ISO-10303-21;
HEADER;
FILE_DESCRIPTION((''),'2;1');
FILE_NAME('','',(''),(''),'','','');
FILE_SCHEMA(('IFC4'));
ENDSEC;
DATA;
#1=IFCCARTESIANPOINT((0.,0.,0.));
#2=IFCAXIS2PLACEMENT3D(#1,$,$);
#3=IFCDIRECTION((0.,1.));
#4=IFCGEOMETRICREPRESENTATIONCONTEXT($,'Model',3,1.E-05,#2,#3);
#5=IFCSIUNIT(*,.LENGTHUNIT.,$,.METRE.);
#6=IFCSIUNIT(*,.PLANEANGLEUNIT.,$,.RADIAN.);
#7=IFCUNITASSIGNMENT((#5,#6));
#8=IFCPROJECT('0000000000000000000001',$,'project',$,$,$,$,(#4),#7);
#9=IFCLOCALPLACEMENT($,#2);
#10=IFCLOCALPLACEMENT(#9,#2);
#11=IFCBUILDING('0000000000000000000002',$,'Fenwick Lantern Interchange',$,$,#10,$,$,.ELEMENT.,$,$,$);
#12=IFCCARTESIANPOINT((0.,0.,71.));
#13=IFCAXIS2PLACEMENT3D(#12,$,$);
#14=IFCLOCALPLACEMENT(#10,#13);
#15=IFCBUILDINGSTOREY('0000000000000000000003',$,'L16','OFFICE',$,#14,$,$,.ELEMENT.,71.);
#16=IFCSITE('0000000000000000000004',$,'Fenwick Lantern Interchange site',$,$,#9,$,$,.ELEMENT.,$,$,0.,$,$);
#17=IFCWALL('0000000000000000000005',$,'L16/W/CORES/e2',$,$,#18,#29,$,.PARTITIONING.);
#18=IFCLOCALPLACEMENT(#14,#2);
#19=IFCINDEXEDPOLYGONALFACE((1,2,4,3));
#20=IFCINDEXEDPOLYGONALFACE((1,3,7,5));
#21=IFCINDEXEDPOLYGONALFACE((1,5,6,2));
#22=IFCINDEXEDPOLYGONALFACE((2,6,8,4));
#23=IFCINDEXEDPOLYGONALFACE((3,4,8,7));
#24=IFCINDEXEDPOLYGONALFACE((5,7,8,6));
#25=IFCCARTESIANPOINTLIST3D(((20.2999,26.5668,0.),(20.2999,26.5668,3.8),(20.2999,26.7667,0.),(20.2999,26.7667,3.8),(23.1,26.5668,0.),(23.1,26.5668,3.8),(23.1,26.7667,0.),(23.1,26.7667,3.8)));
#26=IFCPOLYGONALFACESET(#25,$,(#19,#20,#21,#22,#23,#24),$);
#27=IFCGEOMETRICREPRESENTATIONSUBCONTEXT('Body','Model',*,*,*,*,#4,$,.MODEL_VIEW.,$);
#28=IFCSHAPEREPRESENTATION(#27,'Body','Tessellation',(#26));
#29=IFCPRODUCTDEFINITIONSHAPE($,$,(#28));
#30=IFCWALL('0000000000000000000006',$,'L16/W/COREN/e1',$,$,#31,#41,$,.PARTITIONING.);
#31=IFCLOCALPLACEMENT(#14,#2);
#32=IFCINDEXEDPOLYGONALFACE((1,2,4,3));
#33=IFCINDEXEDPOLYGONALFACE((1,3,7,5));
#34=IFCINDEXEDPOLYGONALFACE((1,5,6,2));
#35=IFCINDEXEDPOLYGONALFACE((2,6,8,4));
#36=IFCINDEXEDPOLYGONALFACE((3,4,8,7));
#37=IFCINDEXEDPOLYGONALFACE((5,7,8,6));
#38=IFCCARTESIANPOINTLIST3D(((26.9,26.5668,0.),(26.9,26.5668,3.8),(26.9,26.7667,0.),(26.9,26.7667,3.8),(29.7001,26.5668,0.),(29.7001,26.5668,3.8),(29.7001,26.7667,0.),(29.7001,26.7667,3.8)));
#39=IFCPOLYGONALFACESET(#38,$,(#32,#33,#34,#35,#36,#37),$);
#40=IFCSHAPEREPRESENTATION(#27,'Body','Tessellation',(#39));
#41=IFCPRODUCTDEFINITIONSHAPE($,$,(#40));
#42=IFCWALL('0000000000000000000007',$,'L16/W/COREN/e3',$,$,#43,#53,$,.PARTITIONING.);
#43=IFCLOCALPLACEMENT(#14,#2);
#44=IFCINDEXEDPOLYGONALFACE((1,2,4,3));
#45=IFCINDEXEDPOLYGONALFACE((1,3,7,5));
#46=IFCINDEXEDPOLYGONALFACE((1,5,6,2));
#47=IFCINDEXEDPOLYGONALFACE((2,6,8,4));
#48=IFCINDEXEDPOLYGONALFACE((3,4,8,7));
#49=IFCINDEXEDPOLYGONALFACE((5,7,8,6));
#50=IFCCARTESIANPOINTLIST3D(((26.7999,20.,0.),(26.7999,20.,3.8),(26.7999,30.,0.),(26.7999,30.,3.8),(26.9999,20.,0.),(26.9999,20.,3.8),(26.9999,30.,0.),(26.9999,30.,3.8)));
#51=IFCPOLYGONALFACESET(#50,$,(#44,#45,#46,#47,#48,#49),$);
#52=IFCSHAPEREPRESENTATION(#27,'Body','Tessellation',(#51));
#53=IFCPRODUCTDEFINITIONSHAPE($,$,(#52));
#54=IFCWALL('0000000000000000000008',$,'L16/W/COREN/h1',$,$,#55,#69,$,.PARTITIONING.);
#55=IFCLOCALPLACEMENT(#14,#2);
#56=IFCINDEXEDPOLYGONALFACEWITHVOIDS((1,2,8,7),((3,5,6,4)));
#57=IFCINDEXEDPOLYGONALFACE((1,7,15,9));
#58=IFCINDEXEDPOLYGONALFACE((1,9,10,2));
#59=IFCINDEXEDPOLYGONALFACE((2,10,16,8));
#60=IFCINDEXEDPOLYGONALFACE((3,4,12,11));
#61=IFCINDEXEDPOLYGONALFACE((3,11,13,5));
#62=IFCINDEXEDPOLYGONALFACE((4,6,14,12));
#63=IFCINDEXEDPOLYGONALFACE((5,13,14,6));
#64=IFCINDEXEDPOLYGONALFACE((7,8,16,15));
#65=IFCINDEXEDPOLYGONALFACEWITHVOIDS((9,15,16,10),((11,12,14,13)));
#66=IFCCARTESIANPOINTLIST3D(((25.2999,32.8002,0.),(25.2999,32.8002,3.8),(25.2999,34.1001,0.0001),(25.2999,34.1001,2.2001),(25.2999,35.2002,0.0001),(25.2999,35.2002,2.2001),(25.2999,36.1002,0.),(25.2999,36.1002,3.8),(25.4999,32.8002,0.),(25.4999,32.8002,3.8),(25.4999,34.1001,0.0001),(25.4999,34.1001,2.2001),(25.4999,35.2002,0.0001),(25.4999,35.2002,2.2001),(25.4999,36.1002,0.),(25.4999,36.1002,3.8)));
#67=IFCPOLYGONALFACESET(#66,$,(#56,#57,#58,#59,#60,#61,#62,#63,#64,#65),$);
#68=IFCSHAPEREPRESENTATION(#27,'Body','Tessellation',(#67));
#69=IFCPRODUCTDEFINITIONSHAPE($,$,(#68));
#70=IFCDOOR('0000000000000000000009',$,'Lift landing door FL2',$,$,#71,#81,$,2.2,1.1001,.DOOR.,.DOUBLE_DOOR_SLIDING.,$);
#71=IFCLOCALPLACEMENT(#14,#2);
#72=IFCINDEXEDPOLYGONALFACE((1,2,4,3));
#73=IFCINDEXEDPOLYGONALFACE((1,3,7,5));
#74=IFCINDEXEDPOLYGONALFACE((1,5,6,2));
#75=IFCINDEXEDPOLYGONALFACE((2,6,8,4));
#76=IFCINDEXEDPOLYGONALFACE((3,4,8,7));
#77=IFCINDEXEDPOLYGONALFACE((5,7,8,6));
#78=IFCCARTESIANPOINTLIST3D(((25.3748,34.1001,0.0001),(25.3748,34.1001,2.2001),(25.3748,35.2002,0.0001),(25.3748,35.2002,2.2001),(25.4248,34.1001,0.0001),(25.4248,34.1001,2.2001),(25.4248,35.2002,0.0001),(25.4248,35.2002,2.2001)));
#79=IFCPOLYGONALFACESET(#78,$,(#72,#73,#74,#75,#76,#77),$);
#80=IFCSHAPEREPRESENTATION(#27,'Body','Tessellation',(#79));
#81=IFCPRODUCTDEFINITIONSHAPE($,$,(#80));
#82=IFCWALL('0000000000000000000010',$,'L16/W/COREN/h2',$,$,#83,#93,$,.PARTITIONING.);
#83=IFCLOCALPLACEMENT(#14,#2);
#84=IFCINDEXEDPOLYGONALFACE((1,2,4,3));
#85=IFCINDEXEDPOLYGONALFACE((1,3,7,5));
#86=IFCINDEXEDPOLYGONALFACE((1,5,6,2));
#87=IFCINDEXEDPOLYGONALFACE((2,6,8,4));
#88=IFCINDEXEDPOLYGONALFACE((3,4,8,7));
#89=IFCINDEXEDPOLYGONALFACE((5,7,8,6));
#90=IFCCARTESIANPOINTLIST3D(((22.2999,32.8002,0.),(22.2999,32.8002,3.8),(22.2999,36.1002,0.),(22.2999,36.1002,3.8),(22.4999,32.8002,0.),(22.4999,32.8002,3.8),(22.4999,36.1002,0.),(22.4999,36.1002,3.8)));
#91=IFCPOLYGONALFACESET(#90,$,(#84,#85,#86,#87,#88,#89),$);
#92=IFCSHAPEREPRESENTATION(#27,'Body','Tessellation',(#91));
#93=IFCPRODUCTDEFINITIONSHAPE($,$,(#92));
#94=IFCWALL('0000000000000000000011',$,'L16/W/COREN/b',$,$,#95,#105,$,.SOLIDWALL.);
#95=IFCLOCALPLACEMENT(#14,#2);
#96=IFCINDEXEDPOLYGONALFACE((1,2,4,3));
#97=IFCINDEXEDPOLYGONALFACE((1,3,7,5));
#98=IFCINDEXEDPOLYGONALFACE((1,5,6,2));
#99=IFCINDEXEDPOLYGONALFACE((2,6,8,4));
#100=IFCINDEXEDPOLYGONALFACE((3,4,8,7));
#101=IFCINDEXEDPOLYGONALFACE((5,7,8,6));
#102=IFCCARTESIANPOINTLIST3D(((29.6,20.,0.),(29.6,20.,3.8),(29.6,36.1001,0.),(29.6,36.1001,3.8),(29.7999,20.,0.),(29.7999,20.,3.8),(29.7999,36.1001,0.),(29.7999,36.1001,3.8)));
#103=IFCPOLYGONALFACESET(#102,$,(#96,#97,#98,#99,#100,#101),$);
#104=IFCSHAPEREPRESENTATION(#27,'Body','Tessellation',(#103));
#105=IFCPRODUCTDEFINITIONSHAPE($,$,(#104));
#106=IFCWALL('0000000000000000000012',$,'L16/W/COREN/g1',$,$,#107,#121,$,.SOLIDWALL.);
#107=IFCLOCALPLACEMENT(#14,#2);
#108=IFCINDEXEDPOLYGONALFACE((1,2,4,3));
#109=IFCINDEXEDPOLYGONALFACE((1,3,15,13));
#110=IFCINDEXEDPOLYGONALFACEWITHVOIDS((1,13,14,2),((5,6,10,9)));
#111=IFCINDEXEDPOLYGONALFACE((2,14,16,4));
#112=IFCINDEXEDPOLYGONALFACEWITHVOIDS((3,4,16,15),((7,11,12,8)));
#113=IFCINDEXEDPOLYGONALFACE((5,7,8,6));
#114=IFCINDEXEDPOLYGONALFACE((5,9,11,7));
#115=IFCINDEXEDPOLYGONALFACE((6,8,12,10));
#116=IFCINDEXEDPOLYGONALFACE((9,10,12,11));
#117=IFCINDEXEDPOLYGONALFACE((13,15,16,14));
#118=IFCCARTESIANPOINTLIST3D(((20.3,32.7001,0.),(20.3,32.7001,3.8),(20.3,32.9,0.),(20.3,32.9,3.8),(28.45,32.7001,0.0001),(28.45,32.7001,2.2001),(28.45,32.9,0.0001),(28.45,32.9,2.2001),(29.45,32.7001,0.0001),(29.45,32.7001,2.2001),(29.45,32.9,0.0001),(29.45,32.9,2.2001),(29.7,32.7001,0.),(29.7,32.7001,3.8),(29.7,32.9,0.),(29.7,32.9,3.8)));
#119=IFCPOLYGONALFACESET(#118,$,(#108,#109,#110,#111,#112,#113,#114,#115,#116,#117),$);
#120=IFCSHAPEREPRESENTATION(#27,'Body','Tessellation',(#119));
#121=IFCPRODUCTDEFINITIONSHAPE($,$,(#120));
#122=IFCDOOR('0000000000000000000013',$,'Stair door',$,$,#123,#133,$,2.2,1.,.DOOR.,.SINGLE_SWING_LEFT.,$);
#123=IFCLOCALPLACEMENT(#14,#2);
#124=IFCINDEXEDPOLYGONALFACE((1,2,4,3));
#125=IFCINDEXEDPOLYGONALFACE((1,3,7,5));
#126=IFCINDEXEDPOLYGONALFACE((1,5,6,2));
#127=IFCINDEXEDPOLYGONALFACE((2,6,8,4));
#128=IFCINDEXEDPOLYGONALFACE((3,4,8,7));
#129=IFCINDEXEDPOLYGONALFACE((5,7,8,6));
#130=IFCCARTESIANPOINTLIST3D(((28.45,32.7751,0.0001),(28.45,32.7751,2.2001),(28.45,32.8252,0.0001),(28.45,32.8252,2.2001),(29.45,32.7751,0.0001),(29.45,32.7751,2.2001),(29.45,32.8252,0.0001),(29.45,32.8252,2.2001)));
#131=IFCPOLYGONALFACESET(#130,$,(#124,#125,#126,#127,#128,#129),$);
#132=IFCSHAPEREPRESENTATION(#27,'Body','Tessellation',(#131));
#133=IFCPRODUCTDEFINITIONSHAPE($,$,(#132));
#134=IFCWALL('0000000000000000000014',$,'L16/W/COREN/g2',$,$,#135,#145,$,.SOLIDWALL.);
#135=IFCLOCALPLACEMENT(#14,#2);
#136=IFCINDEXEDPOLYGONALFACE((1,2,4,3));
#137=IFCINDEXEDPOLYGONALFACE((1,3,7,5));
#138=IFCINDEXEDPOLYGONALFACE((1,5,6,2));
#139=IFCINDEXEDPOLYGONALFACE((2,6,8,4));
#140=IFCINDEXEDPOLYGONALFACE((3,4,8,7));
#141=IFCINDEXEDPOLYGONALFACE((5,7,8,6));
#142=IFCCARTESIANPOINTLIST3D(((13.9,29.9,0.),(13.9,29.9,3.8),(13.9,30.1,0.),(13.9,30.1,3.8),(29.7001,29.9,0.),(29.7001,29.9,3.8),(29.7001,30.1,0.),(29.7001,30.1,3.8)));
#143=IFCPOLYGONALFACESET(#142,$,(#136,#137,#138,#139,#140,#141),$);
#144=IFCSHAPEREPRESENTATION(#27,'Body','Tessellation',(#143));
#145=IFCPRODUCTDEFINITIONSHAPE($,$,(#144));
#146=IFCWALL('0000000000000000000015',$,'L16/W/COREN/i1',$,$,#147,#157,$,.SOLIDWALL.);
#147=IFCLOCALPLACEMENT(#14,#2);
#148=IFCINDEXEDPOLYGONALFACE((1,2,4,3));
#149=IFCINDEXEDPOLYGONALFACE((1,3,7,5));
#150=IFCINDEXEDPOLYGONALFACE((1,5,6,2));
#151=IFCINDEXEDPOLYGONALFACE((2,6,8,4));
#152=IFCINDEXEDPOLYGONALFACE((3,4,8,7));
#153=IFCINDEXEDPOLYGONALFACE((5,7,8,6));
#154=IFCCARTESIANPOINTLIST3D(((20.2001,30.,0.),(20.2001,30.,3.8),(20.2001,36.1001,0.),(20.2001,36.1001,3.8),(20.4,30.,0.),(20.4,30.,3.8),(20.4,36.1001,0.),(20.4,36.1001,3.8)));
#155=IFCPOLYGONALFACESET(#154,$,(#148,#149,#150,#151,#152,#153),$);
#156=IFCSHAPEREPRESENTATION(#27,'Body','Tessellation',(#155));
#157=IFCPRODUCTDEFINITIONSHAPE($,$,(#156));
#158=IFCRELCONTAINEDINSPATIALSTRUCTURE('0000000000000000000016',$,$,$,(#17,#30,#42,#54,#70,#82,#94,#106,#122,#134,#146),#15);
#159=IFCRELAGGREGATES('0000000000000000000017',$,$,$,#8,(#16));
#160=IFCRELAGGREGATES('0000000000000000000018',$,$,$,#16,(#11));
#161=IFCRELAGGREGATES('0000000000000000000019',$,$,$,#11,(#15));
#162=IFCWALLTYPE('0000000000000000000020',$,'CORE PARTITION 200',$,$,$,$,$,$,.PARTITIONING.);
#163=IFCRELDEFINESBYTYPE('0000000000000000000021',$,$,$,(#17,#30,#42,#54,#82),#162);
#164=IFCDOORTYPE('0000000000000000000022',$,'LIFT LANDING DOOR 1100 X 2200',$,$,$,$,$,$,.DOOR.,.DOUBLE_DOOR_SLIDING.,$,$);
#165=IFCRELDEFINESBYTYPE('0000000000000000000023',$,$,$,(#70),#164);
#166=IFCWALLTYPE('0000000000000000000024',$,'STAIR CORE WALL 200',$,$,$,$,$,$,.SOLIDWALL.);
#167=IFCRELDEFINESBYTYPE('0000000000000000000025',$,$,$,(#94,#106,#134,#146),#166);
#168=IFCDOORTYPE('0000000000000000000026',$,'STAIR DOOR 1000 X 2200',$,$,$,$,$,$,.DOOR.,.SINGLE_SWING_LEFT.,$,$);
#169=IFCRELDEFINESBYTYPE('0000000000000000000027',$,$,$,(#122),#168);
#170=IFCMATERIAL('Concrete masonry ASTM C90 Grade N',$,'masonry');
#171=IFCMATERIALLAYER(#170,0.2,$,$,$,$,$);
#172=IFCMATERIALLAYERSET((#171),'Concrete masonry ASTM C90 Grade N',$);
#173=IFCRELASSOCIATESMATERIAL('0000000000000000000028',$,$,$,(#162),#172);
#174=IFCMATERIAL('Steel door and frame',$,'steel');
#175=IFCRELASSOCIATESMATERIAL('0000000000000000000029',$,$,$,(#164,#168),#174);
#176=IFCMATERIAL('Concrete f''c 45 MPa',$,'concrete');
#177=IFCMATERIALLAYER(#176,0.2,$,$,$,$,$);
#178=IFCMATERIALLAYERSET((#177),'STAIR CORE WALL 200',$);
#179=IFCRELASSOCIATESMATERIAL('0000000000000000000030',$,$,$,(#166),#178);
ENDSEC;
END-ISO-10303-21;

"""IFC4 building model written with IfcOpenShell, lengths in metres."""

from ifc_helpers import new_model, si_unit, direction, frame, frame_2d, origin, place, context, subcontext, project, spatial, rectangle, extrude, material, layer, layer_set, type_object, element, fill, save


model = new_model("IFC4")

# Units and contexts
model_context = context("Model", 3, precision=1e-05, world=origin(), true_north=direction((0.0, 1.0)))
body_context = subcontext(model_context, "Body", "Model", "MODEL_VIEW")
ifc_project = project(units=[si_unit("LENGTHUNIT", "METRE"), si_unit("PLANEANGLEUNIT", "RADIAN")], contexts=[model_context])

# Site, building, storey
site_placement = place(None, origin())
site = spatial("IfcSite", under=ifc_project, at=site_placement, Name="Fenwick Lantern Interchange site", CompositionType="ELEMENT", RefElevation=0.0)
building_placement = place(site_placement, origin())
building = spatial("IfcBuilding", under=site, at=building_placement, Name="Fenwick Lantern Interchange", CompositionType="ELEMENT")
storey_placement = place(building_placement, frame((0.0, 0.0, 71.0)))
storey = spatial("IfcBuildingStorey", under=building, at=storey_placement, Name="L16", Description="OFFICE", CompositionType="ELEMENT", Elevation=71.0)

# Walls
ifc_material_1 = material(Name="Concrete masonry ASTM C90 Grade N", Category="masonry")
ifc_layer_1 = layer(ifc_material_1, 0.2)
ifc_layer_set_1 = layer_set([ifc_layer_1], Name="Concrete masonry ASTM C90 Grade N")
wall_type_1 = type_object("IfcWallType", Name="CORE PARTITION 200", PredefinedType="PARTITIONING", material=ifc_layer_set_1)
for number, where, z_axis, x_axis, name in (
    (1, (20.3, 26.6667, 0.0), (0.0, 0.0, 1.0), (1.0, 0.0, 0.0), "L16/W/CORES/e2"),
    (2, (29.7, 26.6667, 0.0), (0.0, 0.0, 1.0), (-1.0, 0.0, 0.0), "L16/W/COREN/e1"),
):
    element("IfcWall", number, at=place(storey_placement, frame(where, z_axis=z_axis, x_axis=x_axis)), inside=storey, type_object=wall_type_1, Name=name, PredefinedType="PARTITIONING", context=body_context, shape_type="SweptSolid", body=[
        extrude(rectangle(XDim=2.8, YDim=0.2, at=frame_2d((1.3999, 0.0))), origin(), (0.0, 0.0, 1.0), 3.8),
    ])
wall_1_placement = place(storey_placement, frame((26.8999, 30.0, 0.0), z_axis=(0.0, 0.0, 1.0), x_axis=(0.0, -1.0, 0.0)))
element("IfcWall", 3, at=wall_1_placement, inside=storey, type_object=wall_type_1, Name="L16/W/COREN/e3", PredefinedType="PARTITIONING", context=body_context, shape_type="SweptSolid", body=[
    extrude(rectangle(XDim=10.0, YDim=0.2, at=frame_2d((5.0, 0.0))), origin(), (0.0, 0.0, 1.0), 3.8),
])

# Wall, opening, door
wall_2_placement = place(storey_placement, frame((25.3999, 36.1001, 0.0), z_axis=(0.0, 0.0, 1.0), x_axis=(0.0, -1.0, 0.0)))
wall_2 = element("IfcWall", 4, at=wall_2_placement, inside=storey, type_object=wall_type_1, Name="L16/W/COREN/h1", PredefinedType="PARTITIONING", context=body_context, shape_type="SweptSolid", body=[
    extrude(rectangle(XDim=3.3, YDim=0.2, at=frame_2d((1.6499, 0.0))), origin(), (0.0, 0.0, 1.0), 3.8),
])
opening_1_placement = place(wall_2_placement, frame((0.8999, 0.0, 0.0)))
opening_1 = element("IfcOpeningElement", 5, at=opening_1_placement, cuts=wall_2, PredefinedType="OPENING", context=body_context, shape_type="SweptSolid", body=[
    extrude(rectangle(XDim=1.1001, YDim=2.2, at=frame_2d((0.55, 1.1001))), frame((0.0, 0.1099, 0.0), z_axis=(0.0, -1.0, 0.0), x_axis=(1.0, 0.0, 0.0)), (0.0, 0.0, 1.0), 0.22),
])
ifc_material_2 = material(Name="Steel door and frame", Category="steel")
door_type_1 = type_object("IfcDoorType", Name="LIFT LANDING DOOR 1100 X 2200", OperationType="DOUBLE_DOOR_SLIDING", PredefinedType="DOOR", material=ifc_material_2)
door_1_placement = place(opening_1_placement, origin())
door_1 = element("IfcDoor", 6, at=door_1_placement, inside=storey, type_object=door_type_1, Name="Lift landing door FL2", OperationType="DOUBLE_DOOR_SLIDING", OverallHeight=2.2, OverallWidth=1.1001, PredefinedType="DOOR", context=body_context, shape_type="SweptSolid", body=[
    extrude(rectangle(XDim=1.1001, YDim=2.2, at=frame_2d((0.55, 1.1001))), frame((0.0, 0.0249, 0.0), z_axis=(0.0, -1.0, 0.0), x_axis=(1.0, 0.0, 0.0)), (0.0, 0.0, 1.0), 0.05),
])
fill(opening_1, door_1)

# Walls
wall_3_placement = place(storey_placement, frame((22.3999, 36.1001, 0.0), z_axis=(0.0, 0.0, 1.0), x_axis=(0.0, -1.0, 0.0)))
element("IfcWall", 7, at=wall_3_placement, inside=storey, type_object=wall_type_1, Name="L16/W/COREN/h2", PredefinedType="PARTITIONING", context=body_context, shape_type="SweptSolid", body=[
    extrude(rectangle(XDim=3.3, YDim=0.2, at=frame_2d((1.6499, 0.0))), origin(), (0.0, 0.0, 1.0), 3.8),
])
ifc_material_3 = material(Name="Concrete f'c 45 MPa", Category="concrete")
ifc_layer_2 = layer(ifc_material_3, 0.2)
ifc_layer_set_2 = layer_set([ifc_layer_2], Name="STAIR CORE WALL 200")
wall_type_2 = type_object("IfcWallType", Name="STAIR CORE WALL 200", PredefinedType="SOLIDWALL", material=ifc_layer_set_2)
wall_4_placement = place(storey_placement, frame((29.7, 36.1001, 0.0), z_axis=(0.0, 0.0, 1.0), x_axis=(0.0, -1.0, 0.0)))
element("IfcWall", 8, at=wall_4_placement, inside=storey, type_object=wall_type_2, Name="L16/W/COREN/b", PredefinedType="SOLIDWALL", context=body_context, shape_type="SweptSolid", body=[
    extrude(rectangle(XDim=16.1001, YDim=0.2, at=frame_2d((8.05, 0.0))), origin(), (0.0, 0.0, 1.0), 3.8),
])

# Wall, opening, door
wall_5_placement = place(storey_placement, frame((29.7, 32.8, 0.0), z_axis=(0.0, 0.0, 1.0), x_axis=(-1.0, 0.0, 0.0)))
wall_5 = element("IfcWall", 9, at=wall_5_placement, inside=storey, type_object=wall_type_2, Name="L16/W/COREN/g1", PredefinedType="SOLIDWALL", context=body_context, shape_type="SweptSolid", body=[
    extrude(rectangle(XDim=9.3999, YDim=0.2, at=frame_2d((4.7, 0.0))), origin(), (0.0, 0.0, 1.0), 3.8),
])
opening_2_placement = place(wall_5_placement, frame((0.25, 0.0, 0.0)))
opening_2 = element("IfcOpeningElement", 10, at=opening_2_placement, cuts=wall_5, PredefinedType="OPENING", context=body_context, shape_type="SweptSolid", body=[
    extrude(rectangle(XDim=1.0, YDim=2.2, at=frame_2d((0.5, 1.1001))), frame((0.0, 0.1099, 0.0), z_axis=(0.0, -1.0, 0.0), x_axis=(1.0, 0.0, 0.0)), (0.0, 0.0, 1.0), 0.22),
])
door_type_2 = type_object("IfcDoorType", Name="STAIR DOOR 1000 X 2200", OperationType="SINGLE_SWING_LEFT", PredefinedType="DOOR", material=ifc_material_2)
door_2_placement = place(opening_2_placement, origin())
door_2 = element("IfcDoor", 11, at=door_2_placement, inside=storey, type_object=door_type_2, Name="Stair door", OperationType="SINGLE_SWING_LEFT", OverallHeight=2.2, OverallWidth=1.0, PredefinedType="DOOR", context=body_context, shape_type="SweptSolid", body=[
    extrude(rectangle(XDim=1.0, YDim=2.2, at=frame_2d((0.5, 1.1001))), frame((0.0, 0.0249, 0.0), z_axis=(0.0, -1.0, 0.0), x_axis=(1.0, 0.0, 0.0)), (0.0, 0.0, 1.0), 0.05),
])
fill(opening_2, door_2)

# Walls
wall_6_placement = place(storey_placement, frame((29.7, 30.0, 0.0), z_axis=(0.0, 0.0, 1.0), x_axis=(-1.0, 0.0, 0.0)))
element("IfcWall", 12, at=wall_6_placement, inside=storey, type_object=wall_type_2, Name="L16/W/COREN/g2", PredefinedType="SOLIDWALL", context=body_context, shape_type="SweptSolid", body=[
    extrude(rectangle(XDim=15.8, YDim=0.2, at=frame_2d((7.8999, 0.0))), origin(), (0.0, 0.0, 1.0), 3.8),
])
wall_7_placement = place(storey_placement, frame((20.3, 36.1001, 0.0), z_axis=(0.0, 0.0, 1.0), x_axis=(0.0, -1.0, 0.0)))
element("IfcWall", 13, at=wall_7_placement, inside=storey, type_object=wall_type_2, Name="L16/W/COREN/i1", PredefinedType="SOLIDWALL", context=body_context, shape_type="SweptSolid", body=[
    extrude(rectangle(XDim=6.1001, YDim=0.2, at=frame_2d((3.05, 0.0))), origin(), (0.0, 0.0, 1.0), 3.8),
])

save(model, "model.ifc")
